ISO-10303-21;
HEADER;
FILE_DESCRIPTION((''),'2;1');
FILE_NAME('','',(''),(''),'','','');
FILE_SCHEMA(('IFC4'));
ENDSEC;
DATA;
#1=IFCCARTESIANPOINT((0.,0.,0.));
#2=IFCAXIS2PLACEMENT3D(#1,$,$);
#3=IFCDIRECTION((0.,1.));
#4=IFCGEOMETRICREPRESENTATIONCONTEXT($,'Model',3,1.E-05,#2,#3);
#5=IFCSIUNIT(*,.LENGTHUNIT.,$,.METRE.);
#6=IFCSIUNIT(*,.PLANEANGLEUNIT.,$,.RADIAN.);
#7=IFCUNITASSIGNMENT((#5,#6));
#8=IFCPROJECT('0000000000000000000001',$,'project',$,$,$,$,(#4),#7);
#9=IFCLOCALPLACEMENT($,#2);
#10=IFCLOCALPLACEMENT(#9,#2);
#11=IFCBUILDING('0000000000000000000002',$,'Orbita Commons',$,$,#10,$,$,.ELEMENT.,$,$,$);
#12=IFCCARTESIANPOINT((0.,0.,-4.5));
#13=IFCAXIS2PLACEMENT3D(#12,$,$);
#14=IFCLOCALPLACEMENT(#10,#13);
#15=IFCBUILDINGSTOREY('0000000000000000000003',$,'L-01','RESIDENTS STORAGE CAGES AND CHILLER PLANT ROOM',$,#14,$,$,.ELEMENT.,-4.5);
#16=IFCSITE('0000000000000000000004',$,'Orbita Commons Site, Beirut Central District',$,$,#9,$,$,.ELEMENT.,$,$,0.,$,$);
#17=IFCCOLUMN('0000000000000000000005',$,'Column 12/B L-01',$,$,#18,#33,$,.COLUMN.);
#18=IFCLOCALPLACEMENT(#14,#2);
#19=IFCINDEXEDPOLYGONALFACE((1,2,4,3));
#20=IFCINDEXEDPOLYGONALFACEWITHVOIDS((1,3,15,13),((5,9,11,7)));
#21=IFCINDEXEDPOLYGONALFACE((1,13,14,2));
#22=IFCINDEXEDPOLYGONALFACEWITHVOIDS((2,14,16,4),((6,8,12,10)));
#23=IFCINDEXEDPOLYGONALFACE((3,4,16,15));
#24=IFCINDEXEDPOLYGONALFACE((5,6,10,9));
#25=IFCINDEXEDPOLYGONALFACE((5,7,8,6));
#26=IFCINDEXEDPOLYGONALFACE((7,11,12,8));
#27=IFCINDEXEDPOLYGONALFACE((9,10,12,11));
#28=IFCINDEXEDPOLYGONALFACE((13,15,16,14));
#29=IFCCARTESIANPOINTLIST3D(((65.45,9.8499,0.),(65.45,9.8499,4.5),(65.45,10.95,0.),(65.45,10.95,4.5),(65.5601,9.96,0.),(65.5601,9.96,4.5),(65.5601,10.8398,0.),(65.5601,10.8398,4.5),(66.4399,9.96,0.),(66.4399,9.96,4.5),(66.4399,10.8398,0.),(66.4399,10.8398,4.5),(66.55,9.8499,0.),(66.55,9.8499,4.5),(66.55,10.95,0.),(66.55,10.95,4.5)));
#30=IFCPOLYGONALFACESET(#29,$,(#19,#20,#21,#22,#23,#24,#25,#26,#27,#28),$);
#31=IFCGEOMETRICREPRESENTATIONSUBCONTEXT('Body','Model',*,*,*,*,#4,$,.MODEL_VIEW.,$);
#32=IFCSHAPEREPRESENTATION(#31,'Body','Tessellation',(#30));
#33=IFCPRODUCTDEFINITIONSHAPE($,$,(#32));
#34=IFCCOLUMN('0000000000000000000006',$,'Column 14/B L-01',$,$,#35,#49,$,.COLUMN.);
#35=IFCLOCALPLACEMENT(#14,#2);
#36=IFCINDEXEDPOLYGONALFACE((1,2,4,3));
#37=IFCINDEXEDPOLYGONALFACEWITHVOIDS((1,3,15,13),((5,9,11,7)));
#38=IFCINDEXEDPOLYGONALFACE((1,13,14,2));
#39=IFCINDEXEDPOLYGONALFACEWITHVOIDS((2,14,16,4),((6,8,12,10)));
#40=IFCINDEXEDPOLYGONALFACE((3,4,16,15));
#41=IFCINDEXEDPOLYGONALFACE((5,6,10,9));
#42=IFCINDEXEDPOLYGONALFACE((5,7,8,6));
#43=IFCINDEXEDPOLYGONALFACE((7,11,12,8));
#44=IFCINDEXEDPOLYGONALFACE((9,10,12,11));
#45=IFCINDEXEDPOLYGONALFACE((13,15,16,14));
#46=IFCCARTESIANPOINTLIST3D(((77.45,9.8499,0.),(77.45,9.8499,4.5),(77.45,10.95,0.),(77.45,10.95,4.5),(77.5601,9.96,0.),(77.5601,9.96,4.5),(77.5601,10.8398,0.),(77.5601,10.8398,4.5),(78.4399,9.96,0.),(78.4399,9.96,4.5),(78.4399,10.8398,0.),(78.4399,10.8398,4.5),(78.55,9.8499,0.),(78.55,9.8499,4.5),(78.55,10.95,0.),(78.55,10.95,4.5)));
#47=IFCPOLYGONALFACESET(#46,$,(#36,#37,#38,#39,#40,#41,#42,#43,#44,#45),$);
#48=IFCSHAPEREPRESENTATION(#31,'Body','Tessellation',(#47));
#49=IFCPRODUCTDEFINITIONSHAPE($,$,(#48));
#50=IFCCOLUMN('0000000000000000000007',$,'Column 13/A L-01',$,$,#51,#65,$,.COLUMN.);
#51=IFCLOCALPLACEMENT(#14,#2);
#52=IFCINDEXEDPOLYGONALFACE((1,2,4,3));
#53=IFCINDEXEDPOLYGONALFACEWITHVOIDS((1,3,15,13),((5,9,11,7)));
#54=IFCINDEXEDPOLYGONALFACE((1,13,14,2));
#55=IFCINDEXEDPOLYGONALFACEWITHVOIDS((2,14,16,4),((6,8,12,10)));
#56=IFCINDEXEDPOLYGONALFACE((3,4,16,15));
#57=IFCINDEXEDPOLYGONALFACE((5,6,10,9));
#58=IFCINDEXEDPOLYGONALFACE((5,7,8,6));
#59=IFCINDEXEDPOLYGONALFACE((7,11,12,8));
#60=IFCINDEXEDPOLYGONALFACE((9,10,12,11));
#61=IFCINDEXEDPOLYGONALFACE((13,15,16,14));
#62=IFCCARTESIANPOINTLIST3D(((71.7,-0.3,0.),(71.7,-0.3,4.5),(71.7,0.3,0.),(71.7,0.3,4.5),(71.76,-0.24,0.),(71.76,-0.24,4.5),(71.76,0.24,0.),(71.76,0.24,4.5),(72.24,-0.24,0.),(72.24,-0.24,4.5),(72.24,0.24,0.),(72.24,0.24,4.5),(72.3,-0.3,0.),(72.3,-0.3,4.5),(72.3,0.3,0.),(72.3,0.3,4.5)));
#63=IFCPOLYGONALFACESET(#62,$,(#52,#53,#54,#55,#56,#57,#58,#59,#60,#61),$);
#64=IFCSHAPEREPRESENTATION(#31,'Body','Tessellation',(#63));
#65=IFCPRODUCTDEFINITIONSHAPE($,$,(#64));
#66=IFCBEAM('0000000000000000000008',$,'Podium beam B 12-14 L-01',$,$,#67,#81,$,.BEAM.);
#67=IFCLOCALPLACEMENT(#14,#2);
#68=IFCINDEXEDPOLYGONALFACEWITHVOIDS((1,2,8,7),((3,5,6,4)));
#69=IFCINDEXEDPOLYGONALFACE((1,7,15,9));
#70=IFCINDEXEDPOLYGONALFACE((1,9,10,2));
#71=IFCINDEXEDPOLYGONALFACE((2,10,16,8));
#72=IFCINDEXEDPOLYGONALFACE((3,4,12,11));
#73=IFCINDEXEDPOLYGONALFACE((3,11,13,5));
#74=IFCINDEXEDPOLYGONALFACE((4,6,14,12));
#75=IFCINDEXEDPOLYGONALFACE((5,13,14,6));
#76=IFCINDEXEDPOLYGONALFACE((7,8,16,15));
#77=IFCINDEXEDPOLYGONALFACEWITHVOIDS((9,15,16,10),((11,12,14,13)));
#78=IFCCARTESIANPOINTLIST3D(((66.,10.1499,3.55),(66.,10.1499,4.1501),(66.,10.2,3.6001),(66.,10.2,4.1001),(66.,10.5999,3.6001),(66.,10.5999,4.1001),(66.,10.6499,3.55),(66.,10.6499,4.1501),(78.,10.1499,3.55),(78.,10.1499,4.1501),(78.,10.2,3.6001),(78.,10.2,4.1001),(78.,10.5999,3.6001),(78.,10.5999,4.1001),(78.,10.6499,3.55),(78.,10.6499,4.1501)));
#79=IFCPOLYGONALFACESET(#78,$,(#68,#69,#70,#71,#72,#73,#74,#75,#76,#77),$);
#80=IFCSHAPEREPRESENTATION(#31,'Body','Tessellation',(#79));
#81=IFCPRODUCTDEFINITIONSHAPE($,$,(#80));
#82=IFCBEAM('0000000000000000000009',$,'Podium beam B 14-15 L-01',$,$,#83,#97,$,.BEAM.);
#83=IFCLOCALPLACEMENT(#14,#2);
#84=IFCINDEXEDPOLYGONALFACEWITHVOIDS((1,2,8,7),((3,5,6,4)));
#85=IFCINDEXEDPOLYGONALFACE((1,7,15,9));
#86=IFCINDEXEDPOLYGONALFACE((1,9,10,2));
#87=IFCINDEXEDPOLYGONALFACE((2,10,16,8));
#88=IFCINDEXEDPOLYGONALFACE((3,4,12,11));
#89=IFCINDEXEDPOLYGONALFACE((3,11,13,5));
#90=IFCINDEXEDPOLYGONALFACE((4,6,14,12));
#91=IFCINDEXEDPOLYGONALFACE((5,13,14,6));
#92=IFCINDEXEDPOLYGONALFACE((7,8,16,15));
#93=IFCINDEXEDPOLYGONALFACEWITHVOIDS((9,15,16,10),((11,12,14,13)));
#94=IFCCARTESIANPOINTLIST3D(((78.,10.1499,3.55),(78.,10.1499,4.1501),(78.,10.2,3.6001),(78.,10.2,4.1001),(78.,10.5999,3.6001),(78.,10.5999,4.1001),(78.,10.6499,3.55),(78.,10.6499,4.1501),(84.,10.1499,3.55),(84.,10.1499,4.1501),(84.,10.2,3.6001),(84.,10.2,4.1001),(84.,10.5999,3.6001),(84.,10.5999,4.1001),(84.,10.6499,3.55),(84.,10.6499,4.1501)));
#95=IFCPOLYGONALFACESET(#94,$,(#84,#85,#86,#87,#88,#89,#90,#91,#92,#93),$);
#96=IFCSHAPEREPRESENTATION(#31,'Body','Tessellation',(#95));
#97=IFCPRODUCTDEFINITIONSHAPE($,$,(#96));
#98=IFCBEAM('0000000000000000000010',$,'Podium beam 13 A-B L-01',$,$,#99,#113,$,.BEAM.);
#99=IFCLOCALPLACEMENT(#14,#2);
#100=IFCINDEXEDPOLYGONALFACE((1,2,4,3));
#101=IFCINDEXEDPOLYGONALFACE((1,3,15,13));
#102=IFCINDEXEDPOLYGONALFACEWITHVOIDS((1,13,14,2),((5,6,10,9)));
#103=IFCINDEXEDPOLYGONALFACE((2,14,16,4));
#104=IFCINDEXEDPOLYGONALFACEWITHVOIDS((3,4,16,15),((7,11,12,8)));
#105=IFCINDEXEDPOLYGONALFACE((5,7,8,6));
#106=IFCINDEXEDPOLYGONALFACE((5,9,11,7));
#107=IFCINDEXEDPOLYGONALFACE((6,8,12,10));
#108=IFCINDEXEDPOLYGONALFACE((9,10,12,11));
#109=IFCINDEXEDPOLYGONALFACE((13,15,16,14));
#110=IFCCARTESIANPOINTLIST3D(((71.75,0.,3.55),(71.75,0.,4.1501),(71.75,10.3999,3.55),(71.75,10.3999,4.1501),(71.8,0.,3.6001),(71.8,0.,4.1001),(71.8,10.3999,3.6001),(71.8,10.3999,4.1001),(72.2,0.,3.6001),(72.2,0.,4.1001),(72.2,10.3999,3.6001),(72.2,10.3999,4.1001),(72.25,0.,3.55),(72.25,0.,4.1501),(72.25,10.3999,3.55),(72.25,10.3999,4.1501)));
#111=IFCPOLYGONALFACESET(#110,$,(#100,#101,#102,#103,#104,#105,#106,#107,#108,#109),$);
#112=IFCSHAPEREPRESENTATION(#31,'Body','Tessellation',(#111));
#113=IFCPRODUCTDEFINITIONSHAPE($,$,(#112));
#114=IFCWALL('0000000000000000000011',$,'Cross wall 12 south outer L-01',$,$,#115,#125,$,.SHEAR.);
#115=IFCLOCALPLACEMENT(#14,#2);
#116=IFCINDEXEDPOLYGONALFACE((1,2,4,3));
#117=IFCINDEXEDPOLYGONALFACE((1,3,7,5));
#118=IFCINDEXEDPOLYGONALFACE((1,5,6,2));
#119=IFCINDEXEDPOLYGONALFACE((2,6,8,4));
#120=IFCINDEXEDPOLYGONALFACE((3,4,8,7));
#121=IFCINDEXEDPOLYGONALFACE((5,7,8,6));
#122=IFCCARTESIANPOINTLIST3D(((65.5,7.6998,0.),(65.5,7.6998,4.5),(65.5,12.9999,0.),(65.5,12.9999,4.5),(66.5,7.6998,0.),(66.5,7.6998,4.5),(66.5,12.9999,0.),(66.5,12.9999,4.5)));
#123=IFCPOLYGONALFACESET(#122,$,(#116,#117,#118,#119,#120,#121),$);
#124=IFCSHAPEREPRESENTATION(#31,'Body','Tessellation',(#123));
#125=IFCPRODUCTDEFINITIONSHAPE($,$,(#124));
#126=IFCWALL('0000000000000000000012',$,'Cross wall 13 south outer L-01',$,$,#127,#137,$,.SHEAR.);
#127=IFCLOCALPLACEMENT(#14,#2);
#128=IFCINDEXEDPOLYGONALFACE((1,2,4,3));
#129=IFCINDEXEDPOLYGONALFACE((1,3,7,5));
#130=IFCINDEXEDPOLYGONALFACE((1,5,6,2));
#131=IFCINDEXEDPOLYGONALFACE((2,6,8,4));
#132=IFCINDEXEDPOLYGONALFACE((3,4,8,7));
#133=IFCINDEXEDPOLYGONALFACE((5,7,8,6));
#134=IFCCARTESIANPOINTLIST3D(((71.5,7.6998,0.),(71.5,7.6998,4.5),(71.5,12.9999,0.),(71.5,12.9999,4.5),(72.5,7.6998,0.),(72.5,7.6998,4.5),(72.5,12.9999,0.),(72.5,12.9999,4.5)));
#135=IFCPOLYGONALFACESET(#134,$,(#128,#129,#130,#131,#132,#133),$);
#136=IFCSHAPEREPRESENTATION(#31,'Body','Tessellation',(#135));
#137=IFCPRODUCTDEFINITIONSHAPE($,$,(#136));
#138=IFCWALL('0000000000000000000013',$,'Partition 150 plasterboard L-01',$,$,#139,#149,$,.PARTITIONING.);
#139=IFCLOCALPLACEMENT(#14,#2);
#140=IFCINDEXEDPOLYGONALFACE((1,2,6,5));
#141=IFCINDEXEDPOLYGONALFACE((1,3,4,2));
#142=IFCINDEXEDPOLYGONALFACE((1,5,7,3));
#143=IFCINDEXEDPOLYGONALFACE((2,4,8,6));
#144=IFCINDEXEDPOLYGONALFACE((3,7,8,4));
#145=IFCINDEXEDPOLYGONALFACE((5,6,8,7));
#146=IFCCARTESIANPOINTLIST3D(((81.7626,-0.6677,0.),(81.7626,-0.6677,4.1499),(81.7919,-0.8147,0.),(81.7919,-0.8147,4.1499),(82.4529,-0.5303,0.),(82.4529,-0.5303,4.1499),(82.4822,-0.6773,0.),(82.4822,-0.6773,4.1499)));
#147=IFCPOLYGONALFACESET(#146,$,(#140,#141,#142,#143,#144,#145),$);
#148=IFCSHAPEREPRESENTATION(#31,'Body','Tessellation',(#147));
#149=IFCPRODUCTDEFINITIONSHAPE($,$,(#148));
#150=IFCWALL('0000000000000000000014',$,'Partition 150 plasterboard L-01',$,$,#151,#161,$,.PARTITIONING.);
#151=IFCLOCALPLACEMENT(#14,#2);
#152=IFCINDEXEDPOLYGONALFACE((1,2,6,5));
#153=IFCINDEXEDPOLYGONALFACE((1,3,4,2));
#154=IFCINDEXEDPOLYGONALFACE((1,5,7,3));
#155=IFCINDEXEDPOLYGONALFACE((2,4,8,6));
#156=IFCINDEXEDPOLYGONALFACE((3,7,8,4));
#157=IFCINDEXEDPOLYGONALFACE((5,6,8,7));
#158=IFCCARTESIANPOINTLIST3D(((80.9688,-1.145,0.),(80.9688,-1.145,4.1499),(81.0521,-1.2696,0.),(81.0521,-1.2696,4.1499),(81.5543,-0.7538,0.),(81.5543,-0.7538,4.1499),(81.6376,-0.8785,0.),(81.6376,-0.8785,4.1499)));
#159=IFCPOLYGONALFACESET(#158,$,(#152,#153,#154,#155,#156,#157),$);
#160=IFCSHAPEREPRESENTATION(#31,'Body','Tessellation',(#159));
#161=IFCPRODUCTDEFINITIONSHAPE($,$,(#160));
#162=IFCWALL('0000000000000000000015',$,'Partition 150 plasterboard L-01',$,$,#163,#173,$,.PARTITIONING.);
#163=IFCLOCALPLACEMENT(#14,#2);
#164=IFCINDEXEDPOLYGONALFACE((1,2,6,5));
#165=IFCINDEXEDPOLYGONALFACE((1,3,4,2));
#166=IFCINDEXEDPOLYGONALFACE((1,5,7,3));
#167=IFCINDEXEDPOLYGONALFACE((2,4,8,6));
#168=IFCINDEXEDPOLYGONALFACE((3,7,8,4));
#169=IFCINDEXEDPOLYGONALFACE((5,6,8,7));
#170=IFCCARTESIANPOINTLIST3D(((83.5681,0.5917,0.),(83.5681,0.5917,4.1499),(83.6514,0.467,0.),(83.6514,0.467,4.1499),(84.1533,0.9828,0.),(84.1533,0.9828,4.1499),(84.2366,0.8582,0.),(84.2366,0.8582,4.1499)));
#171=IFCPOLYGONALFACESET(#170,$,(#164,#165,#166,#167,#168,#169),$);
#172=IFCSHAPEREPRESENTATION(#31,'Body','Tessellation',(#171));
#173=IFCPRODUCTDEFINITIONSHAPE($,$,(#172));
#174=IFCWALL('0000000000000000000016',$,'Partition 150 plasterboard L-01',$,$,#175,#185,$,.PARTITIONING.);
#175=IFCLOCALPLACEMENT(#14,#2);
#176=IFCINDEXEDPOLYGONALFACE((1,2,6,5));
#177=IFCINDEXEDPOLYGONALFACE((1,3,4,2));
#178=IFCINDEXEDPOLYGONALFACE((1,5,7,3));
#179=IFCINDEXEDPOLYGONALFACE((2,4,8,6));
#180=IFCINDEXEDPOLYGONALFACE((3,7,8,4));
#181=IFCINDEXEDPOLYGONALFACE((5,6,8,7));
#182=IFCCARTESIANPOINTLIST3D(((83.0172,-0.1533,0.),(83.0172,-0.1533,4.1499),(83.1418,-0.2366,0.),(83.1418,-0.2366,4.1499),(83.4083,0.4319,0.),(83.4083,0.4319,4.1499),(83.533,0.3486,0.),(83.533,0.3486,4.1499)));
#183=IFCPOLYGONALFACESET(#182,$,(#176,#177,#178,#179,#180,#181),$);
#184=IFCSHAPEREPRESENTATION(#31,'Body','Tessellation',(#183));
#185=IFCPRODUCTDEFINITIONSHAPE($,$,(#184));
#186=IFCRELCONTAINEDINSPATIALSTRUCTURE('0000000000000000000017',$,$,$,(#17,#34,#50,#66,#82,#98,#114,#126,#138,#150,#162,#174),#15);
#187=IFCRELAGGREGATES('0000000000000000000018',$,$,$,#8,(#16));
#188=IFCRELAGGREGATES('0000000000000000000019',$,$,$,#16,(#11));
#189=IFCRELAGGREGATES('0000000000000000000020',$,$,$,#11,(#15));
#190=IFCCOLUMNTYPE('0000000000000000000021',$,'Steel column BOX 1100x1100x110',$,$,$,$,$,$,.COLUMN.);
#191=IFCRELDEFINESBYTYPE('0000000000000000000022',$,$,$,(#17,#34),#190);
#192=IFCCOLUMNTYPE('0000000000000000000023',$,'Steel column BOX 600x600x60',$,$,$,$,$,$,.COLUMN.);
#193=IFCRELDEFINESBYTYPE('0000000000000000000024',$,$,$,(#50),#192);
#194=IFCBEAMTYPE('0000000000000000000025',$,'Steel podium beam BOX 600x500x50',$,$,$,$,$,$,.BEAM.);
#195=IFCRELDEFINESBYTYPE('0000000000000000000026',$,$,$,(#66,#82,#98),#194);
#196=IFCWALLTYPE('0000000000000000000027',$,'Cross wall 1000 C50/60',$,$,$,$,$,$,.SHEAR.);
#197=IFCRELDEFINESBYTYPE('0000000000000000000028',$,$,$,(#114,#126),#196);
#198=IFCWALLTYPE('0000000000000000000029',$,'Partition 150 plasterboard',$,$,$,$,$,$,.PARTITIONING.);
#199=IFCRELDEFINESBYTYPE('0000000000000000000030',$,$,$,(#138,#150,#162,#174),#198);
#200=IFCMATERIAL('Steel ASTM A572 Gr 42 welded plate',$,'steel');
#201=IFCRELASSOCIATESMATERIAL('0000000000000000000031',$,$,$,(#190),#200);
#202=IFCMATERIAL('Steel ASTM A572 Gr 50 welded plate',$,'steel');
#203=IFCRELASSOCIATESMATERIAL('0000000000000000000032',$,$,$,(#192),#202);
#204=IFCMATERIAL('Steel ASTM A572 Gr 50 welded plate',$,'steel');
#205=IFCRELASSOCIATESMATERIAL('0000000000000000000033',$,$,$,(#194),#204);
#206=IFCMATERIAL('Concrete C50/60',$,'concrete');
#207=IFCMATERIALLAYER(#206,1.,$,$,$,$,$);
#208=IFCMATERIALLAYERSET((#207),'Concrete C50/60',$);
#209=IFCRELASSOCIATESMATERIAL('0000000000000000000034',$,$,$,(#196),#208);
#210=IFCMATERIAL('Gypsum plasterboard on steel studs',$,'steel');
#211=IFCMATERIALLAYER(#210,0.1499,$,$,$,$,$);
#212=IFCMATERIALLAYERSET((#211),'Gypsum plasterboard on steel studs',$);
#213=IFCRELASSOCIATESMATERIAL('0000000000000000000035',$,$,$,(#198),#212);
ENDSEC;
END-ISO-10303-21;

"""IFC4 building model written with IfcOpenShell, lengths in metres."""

from ifc_helpers import new_model, si_unit, direction, frame, frame_2d, origin, origin_2d, place, context, subcontext, project, spatial, rectangle, hollow_rectangle, extrude, material, layer, layer_set, material_profile, profile_set, type_object, element, save


model = new_model("IFC4")

# Units and contexts
model_context = context("Model", 3, precision=1e-05, world=origin(), true_north=direction((0.0, 1.0)))
body_context = subcontext(model_context, "Body", "Model", "MODEL_VIEW")
ifc_project = project(units=[si_unit("LENGTHUNIT", "METRE"), si_unit("PLANEANGLEUNIT", "RADIAN")], contexts=[model_context])

# Site, building, storey
site_placement = place(None, origin())
site = spatial("IfcSite", under=ifc_project, at=site_placement, Name="Orbita Commons Site, Beirut Central District", CompositionType="ELEMENT", RefElevation=0.0)
building_placement = place(site_placement, origin())
building = spatial("IfcBuilding", under=site, at=building_placement, Name="Orbita Commons", CompositionType="ELEMENT")
storey_placement = place(building_placement, frame((0.0, 0.0, -4.5)))
storey = spatial("IfcBuildingStorey", under=building, at=storey_placement, Name="L-01", Description="RESIDENTS STORAGE CAGES AND CHILLER PLANT ROOM", CompositionType="ELEMENT", Elevation=-4.5)

# Columns
ifc_material_1 = material(Name="Steel ASTM A572 Gr 42 welded plate", Category="steel")
ifc_material_profile_1 = material_profile(ifc_material_1, hollow_rectangle(XDim=1.1001, YDim=1.1001, WallThickness=0.1101, at=origin_2d()), Name="BOX 1100x1100x110")
ifc_profile_set_1 = profile_set([ifc_material_profile_1], Name="Steel ASTM A572 Gr 42 welded plate")
column_type_1 = type_object("IfcColumnType", Name="Steel column BOX 1100x1100x110", PredefinedType="COLUMN", material=ifc_profile_set_1)
for number, where, z_axis, x_axis, name in (
    (1, (66.0, 10.3999, 0.0), (0.0, 0.0, 1.0), (1.0, 0.0, 0.0), "Column 12/B L-01"),
    (2, (78.0, 10.3999, 0.0), (0.0, 0.0, 1.0), (1.0, 0.0, 0.0), "Column 14/B L-01"),
):
    element("IfcColumn", number, at=place(storey_placement, frame(where, z_axis=z_axis, x_axis=x_axis)), inside=storey, type_object=column_type_1, Name=name, PredefinedType="COLUMN", context=body_context, shape_type="SweptSolid", body=[
        extrude(hollow_rectangle(XDim=1.1001, YDim=1.1001, WallThickness=0.1101, at=origin_2d()), origin(), (0.0, 0.0, 1.0), 4.5),
    ])
ifc_material_2 = material(Name="Steel ASTM A572 Gr 50 welded plate", Category="steel")
ifc_material_profile_2 = material_profile(ifc_material_2, hollow_rectangle(XDim=0.6001, YDim=0.6001, WallThickness=0.0601, at=origin_2d()), Name="BOX 600x600x60")
ifc_profile_set_2 = profile_set([ifc_material_profile_2], Name="Steel ASTM A572 Gr 50 welded plate")
column_type_2 = type_object("IfcColumnType", Name="Steel column BOX 600x600x60", PredefinedType="COLUMN", material=ifc_profile_set_2)
column_placement = place(storey_placement, frame((72.0, 0.0, 0.0), z_axis=(0.0, 0.0, 1.0), x_axis=(1.0, 0.0, 0.0)))
element("IfcColumn", 3, at=column_placement, inside=storey, type_object=column_type_2, Name="Column 13/A L-01", PredefinedType="COLUMN", context=body_context, shape_type="SweptSolid", body=[
    extrude(hollow_rectangle(XDim=0.6001, YDim=0.6001, WallThickness=0.0601, at=origin_2d()), origin(), (0.0, 0.0, 1.0), 4.5),
])

# Beams
ifc_material_3 = material(Name="Steel ASTM A572 Gr 50 welded plate", Category="steel")
ifc_material_profile_3 = material_profile(ifc_material_3, hollow_rectangle(XDim=0.5, YDim=0.6001, WallThickness=0.05, at=origin_2d()), Name="BOX 600x500x50")
ifc_profile_set_3 = profile_set([ifc_material_profile_3], Name="Steel ASTM A572 Gr 50 welded plate")
beam_type = type_object("IfcBeamType", Name="Steel podium beam BOX 600x500x50", PredefinedType="BEAM", material=ifc_profile_set_3)
beam_1_placement = place(storey_placement, frame((66.0, 10.3999, 3.8501), z_axis=(1.0, 0.0, 0.0), x_axis=(0.0, 1.0, 0.0)))
element("IfcBeam", 4, at=beam_1_placement, inside=storey, type_object=beam_type, Name="Podium beam B 12-14 L-01", PredefinedType="BEAM", context=body_context, shape_type="SweptSolid", body=[
    extrude(hollow_rectangle(XDim=0.5, YDim=0.6001, WallThickness=0.05, at=origin_2d()), origin(), (0.0, 0.0, 1.0), 12.0),
])
beam_2_placement = place(storey_placement, frame((78.0, 10.3999, 3.8501), z_axis=(1.0, 0.0, 0.0), x_axis=(0.0, 1.0, 0.0)))
element("IfcBeam", 5, at=beam_2_placement, inside=storey, type_object=beam_type, Name="Podium beam B 14-15 L-01", PredefinedType="BEAM", context=body_context, shape_type="SweptSolid", body=[
    extrude(hollow_rectangle(XDim=0.5, YDim=0.6001, WallThickness=0.05, at=origin_2d()), origin(), (0.0, 0.0, 1.0), 6.0),
])
beam_3_placement = place(storey_placement, frame((72.0, 0.0, 3.8501), z_axis=(0.0, 1.0, 0.0), x_axis=(-1.0, 0.0, 0.0)))
element("IfcBeam", 6, at=beam_3_placement, inside=storey, type_object=beam_type, Name="Podium beam 13 A-B L-01", PredefinedType="BEAM", context=body_context, shape_type="SweptSolid", body=[
    extrude(hollow_rectangle(XDim=0.5, YDim=0.6001, WallThickness=0.05, at=origin_2d()), origin(), (0.0, 0.0, 1.0), 10.3999),
])

# Walls
ifc_material_4 = material(Name="Concrete C50/60", Category="concrete")
ifc_layer_1 = layer(ifc_material_4, 1.0)
ifc_layer_set_1 = layer_set([ifc_layer_1], Name="Concrete C50/60")
wall_type_1 = type_object("IfcWallType", Name="Cross wall 1000 C50/60", PredefinedType="SHEAR", material=ifc_layer_set_1)
for number, where, z_axis, x_axis, name in (
    (7, (66.0, 7.7, 0.0), (0.0, 0.0, 1.0), (0.0, 1.0, 0.0), "Cross wall 12 south outer L-01"),
    (8, (72.0, 7.7, 0.0), (0.0, 0.0, 1.0), (0.0, 1.0, 0.0), "Cross wall 13 south outer L-01"),
):
    element("IfcWall", number, at=place(storey_placement, frame(where, z_axis=z_axis, x_axis=x_axis)), inside=storey, type_object=wall_type_1, Name=name, PredefinedType="SHEAR", context=body_context, shape_type="SweptSolid", body=[
        extrude(rectangle(XDim=5.3, YDim=1.0, at=frame_2d((2.6499, 0.0))), origin(), (0.0, 0.0, 1.0), 4.5),
    ])
ifc_material_5 = material(Name="Gypsum plasterboard on steel studs", Category="steel")
ifc_layer_2 = layer(ifc_material_5, 0.1499)
ifc_layer_set_2 = layer_set([ifc_layer_2], Name="Gypsum plasterboard on steel studs")
wall_type_2 = type_object("IfcWallType", Name="Partition 150 plasterboard", PredefinedType="PARTITIONING", material=ifc_layer_set_2)
wall_1_placement = place(storey_placement, frame((81.7771, -0.7412, 0.0), z_axis=(0.0, 0.0, 1.0), x_axis=(0.980754, 0.195249, 0.0)))
element("IfcWall", 9, at=wall_1_placement, inside=storey, type_object=wall_type_2, Name="Partition 150 plasterboard L-01", PredefinedType="PARTITIONING", context=body_context, shape_type="SweptSolid", body=[
    extrude(rectangle(XDim=0.7039, YDim=0.1499, at=frame_2d((0.3521, 0.0))), origin(), (0.0, 0.0, 1.0), 4.1499),
])
wall_2_placement = place(storey_placement, frame((81.5959, -0.8162, 0.0), z_axis=(0.0, 0.0, 1.0), x_axis=(-0.831516, -0.5555, 0.0)))
element("IfcWall", 10, at=wall_2_placement, inside=storey, type_object=wall_type_2, Name="Partition 150 plasterboard L-01", PredefinedType="PARTITIONING", context=body_context, shape_type="SweptSolid", body=[
    extrude(rectangle(XDim=0.7041, YDim=0.1499, at=frame_2d((0.3521, 0.0))), origin(), (0.0, 0.0, 1.0), 4.1499),
])
for number, where, z_axis, x_axis, name in (
    (11, (83.6096, 0.5293, 0.0), (0.0, 0.0, 1.0), (0.831409, 0.55566, 0.0), "Partition 150 plasterboard L-01"),
    (12, (83.4707, 0.3904, 0.0), (0.0, 0.0, 1.0), (-0.55566, -0.831409, 0.0), "Partition 150 plasterboard L-01"),
):
    element("IfcWall", number, at=place(storey_placement, frame(where, z_axis=z_axis, x_axis=x_axis)), inside=storey, type_object=wall_type_2, Name=name, PredefinedType="PARTITIONING", context=body_context, shape_type="SweptSolid", body=[
        extrude(rectangle(XDim=0.7039, YDim=0.1499, at=frame_2d((0.3521, 0.0))), origin(), (0.0, 0.0, 1.0), 4.1499),
    ])

save(model, "model.ifc")
